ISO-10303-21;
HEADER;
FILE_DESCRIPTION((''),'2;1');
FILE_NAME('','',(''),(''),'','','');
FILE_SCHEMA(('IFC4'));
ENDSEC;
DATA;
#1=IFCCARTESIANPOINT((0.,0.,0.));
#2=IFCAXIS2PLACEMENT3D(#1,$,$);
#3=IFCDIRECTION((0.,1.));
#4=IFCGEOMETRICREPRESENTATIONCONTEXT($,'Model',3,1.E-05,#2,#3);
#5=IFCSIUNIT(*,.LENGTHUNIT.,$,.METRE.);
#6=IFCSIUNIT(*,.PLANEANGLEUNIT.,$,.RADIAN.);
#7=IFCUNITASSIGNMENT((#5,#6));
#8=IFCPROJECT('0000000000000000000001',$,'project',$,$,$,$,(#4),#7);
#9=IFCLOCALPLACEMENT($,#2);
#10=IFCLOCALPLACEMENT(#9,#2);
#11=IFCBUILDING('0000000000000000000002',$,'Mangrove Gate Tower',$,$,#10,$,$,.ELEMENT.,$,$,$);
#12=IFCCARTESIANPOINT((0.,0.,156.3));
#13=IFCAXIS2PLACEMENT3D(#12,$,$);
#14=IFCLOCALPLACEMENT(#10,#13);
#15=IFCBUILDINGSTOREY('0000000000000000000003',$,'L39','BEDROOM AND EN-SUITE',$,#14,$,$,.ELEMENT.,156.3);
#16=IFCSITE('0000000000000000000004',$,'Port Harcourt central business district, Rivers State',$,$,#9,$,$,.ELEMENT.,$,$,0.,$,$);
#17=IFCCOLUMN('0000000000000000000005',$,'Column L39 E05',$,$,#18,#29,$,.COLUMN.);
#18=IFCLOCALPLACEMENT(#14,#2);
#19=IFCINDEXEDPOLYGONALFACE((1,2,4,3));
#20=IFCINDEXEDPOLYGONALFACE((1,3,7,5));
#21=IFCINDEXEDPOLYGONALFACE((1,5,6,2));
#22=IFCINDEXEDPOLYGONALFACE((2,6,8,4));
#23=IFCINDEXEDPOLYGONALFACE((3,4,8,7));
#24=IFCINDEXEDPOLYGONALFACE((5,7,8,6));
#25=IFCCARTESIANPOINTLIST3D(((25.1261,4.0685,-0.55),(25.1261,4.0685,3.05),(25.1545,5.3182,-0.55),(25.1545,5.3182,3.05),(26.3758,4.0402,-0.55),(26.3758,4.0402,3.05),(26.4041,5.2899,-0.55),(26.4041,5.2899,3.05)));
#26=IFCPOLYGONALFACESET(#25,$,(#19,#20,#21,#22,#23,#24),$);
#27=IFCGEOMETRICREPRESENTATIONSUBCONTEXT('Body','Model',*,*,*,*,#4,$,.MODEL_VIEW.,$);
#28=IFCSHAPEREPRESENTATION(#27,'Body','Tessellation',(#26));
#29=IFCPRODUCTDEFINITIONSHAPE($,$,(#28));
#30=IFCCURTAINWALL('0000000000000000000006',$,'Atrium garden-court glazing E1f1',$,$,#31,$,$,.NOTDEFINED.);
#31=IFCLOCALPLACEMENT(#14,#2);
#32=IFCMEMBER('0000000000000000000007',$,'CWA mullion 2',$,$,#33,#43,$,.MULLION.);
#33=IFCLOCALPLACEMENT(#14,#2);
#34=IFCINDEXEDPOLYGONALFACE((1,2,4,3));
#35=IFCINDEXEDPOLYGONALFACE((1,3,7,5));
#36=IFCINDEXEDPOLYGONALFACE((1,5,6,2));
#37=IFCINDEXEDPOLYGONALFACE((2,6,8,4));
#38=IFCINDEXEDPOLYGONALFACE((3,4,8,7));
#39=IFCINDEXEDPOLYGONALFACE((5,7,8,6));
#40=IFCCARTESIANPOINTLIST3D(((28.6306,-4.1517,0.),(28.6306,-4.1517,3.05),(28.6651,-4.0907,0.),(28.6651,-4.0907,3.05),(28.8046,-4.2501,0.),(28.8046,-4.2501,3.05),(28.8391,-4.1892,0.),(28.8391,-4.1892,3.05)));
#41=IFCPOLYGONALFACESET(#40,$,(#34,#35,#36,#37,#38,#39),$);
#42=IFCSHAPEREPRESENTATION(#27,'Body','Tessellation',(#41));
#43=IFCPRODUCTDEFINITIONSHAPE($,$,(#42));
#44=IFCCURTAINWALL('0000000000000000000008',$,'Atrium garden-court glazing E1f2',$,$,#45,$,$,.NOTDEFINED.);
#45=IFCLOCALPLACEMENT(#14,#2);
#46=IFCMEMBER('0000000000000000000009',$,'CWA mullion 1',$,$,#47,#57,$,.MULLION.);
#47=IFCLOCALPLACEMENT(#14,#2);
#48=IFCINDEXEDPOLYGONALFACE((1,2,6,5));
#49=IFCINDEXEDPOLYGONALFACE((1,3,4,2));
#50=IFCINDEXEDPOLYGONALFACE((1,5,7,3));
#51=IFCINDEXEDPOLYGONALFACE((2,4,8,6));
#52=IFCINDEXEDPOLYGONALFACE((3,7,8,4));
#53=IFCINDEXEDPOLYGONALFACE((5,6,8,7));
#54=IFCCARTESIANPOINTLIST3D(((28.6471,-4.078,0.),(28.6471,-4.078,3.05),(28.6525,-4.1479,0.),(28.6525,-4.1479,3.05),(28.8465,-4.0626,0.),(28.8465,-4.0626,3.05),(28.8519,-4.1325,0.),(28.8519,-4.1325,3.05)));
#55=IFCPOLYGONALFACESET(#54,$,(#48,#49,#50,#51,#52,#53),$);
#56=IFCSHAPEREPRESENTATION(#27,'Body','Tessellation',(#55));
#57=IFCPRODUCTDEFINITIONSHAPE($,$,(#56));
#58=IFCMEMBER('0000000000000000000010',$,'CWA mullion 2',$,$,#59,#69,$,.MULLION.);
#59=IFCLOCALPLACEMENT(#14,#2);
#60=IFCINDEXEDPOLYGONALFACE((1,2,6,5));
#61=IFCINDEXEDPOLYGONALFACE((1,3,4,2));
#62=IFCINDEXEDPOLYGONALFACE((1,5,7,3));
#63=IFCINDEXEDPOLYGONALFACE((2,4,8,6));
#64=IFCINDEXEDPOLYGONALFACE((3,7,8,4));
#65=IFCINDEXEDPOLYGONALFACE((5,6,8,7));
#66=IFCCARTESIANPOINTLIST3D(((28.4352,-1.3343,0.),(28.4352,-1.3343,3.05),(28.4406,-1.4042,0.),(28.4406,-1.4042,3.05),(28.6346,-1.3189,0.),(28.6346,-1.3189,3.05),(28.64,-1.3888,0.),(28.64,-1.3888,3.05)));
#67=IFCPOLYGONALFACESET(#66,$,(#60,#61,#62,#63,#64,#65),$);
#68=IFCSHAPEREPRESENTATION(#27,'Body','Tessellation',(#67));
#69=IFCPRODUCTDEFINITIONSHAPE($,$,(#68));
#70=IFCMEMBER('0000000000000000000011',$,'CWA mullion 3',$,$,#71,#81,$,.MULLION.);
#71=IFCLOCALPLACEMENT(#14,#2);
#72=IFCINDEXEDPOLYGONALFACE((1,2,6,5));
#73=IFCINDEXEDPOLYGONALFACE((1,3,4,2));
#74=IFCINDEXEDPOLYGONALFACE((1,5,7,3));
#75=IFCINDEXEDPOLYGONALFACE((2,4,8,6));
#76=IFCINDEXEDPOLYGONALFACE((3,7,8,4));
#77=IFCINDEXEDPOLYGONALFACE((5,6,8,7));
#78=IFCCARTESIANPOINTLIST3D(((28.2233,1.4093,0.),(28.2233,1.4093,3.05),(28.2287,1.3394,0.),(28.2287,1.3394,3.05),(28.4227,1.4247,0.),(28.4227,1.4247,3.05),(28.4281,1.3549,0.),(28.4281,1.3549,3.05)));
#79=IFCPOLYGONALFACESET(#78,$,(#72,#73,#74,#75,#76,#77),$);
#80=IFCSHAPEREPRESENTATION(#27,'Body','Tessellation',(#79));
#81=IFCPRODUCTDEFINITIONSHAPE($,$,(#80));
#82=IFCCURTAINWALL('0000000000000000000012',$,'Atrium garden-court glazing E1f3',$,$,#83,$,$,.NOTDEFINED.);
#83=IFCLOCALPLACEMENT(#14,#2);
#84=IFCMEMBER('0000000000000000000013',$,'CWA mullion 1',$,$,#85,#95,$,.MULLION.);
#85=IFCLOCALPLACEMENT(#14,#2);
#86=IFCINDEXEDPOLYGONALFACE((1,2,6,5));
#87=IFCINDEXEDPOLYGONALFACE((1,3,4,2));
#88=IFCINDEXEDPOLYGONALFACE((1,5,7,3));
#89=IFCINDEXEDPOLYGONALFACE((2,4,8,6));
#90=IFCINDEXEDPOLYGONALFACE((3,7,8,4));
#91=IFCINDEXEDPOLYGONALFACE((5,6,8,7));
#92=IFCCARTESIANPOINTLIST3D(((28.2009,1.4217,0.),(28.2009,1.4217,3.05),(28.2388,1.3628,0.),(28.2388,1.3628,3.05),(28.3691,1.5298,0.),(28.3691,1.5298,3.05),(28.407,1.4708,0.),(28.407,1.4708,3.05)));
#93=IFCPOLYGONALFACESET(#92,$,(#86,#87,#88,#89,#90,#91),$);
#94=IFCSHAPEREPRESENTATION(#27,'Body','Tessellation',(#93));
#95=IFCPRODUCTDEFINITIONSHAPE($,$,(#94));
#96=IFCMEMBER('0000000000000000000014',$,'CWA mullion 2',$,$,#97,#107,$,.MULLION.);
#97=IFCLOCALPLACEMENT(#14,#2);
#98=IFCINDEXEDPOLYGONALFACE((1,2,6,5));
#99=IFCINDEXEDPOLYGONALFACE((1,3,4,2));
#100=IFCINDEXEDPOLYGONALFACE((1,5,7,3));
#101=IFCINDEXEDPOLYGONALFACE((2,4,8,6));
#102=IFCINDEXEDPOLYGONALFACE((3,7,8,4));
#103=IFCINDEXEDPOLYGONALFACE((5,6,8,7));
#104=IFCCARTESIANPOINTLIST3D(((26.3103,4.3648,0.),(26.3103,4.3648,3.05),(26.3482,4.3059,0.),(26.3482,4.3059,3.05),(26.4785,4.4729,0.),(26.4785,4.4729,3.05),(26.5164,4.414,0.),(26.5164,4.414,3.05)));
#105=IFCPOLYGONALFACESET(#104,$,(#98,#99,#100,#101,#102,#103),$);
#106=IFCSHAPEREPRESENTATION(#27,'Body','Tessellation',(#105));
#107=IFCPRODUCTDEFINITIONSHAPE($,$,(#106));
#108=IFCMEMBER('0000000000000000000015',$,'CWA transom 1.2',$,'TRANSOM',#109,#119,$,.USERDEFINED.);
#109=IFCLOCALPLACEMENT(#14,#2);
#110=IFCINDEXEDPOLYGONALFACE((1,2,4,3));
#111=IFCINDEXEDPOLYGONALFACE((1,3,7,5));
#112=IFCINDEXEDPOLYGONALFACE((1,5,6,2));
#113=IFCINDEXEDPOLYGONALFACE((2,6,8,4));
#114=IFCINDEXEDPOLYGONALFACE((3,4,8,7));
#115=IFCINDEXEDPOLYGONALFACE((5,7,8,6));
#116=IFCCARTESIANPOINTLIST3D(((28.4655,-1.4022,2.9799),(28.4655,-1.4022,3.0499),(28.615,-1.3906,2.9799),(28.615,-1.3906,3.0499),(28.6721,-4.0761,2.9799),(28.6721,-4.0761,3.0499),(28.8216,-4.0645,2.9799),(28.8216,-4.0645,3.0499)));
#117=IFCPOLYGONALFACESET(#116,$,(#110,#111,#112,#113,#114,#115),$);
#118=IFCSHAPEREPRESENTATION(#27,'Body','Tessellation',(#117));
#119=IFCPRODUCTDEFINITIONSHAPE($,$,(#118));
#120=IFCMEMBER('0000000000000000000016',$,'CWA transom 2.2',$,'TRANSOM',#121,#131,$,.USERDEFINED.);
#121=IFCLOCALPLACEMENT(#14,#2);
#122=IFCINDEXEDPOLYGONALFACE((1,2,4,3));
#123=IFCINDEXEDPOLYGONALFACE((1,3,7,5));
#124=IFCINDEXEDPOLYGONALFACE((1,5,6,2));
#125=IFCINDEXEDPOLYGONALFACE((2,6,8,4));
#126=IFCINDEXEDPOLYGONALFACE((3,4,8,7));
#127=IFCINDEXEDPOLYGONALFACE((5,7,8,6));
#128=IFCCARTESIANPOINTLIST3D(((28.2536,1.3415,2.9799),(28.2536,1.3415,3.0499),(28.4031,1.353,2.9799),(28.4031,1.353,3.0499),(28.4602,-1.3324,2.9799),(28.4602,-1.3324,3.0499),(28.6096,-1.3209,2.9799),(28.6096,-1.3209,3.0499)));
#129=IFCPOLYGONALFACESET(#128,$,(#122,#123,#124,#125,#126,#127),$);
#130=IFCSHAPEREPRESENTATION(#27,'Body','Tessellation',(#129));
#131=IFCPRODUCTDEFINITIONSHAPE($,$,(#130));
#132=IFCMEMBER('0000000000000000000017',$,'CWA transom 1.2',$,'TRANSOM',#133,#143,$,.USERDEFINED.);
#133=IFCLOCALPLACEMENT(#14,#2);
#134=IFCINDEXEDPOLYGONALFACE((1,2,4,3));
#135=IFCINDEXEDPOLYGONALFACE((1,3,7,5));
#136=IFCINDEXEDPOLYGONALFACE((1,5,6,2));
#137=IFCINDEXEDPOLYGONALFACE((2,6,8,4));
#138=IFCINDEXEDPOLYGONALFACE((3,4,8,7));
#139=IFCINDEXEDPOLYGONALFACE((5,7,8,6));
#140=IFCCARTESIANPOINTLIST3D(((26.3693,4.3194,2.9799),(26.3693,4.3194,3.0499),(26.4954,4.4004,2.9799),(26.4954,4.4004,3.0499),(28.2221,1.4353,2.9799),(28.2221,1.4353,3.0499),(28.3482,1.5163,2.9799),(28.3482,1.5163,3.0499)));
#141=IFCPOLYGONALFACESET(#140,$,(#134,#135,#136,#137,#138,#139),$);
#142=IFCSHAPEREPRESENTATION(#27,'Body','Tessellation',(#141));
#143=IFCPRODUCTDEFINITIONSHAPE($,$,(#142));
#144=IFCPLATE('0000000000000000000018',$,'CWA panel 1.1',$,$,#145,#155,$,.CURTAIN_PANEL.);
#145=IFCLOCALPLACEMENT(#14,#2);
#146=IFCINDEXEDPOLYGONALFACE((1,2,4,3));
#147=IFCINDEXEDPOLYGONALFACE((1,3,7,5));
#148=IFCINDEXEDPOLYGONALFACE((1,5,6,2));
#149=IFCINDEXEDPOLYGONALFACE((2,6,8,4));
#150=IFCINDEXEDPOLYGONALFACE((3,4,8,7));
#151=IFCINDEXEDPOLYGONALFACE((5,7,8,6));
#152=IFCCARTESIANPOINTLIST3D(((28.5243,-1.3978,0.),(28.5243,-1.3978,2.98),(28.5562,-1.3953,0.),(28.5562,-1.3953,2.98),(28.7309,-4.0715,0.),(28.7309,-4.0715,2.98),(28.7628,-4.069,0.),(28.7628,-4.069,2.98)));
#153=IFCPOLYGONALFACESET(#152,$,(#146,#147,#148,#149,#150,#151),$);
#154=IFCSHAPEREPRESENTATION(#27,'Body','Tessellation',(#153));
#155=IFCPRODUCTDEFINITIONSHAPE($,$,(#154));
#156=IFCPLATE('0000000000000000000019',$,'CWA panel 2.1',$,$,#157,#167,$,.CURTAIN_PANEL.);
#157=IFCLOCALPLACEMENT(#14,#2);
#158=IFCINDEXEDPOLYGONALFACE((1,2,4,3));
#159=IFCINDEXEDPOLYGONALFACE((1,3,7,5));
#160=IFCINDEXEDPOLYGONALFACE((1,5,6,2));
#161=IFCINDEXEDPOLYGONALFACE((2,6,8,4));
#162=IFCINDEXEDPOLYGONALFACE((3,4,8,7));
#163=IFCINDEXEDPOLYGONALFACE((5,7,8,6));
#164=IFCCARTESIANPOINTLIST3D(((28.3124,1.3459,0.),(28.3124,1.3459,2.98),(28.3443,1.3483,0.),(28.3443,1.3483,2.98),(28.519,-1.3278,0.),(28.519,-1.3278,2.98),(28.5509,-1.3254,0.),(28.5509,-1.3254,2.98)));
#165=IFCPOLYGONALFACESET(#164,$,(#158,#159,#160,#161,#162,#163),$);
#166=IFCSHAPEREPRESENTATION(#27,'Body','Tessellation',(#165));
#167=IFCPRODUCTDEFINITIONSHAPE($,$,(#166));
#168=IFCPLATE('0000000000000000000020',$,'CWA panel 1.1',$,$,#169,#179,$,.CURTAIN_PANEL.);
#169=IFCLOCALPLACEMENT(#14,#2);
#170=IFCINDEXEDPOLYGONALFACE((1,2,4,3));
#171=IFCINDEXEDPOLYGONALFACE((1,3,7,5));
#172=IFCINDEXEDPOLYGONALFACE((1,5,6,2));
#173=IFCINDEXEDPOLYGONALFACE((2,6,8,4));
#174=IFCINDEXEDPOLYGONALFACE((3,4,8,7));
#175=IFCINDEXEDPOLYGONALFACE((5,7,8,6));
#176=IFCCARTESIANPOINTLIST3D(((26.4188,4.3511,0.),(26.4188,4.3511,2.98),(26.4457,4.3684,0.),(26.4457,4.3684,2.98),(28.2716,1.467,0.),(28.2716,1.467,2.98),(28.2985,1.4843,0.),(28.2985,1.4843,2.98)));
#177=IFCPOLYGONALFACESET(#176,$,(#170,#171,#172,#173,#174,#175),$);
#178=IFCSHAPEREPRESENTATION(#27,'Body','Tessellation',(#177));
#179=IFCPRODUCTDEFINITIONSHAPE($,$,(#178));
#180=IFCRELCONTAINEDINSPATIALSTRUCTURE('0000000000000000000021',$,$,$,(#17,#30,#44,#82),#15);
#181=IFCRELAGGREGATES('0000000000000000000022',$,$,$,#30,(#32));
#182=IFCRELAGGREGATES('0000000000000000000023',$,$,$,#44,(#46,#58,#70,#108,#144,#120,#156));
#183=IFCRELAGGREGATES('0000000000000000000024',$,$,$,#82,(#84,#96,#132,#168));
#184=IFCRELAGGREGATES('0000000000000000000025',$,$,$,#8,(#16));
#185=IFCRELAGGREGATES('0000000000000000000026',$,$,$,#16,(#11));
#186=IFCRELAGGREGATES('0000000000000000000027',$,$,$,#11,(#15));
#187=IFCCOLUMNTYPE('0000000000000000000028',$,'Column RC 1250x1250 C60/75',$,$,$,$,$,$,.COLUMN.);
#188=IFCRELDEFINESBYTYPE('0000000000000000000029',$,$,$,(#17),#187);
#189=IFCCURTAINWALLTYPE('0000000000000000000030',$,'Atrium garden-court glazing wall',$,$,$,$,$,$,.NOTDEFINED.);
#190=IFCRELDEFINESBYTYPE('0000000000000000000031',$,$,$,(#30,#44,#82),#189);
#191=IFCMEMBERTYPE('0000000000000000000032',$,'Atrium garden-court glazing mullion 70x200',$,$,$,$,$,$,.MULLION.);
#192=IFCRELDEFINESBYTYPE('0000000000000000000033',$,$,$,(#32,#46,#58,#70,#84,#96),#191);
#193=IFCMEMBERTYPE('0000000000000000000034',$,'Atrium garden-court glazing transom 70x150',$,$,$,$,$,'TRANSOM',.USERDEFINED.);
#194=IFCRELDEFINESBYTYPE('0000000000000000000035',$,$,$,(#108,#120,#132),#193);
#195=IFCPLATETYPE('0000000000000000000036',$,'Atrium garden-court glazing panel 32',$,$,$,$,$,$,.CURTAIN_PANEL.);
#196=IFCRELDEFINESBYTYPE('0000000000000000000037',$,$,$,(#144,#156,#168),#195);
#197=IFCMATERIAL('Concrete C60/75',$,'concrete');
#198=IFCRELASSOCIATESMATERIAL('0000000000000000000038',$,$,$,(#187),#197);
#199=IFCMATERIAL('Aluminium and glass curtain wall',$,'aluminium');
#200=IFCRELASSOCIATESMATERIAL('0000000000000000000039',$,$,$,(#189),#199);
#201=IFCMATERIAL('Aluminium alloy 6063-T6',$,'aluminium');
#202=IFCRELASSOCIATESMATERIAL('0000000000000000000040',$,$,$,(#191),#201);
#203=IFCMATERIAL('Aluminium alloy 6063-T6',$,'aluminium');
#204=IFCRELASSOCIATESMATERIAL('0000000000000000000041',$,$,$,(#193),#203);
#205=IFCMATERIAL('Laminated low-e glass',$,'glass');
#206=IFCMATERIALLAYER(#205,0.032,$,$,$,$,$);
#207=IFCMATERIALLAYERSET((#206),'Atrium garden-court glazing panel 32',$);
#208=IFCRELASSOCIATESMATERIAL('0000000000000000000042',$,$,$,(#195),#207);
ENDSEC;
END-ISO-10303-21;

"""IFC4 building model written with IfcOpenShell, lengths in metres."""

from ifc_helpers import new_model, si_unit, direction, frame, origin, origin_2d, place, context, subcontext, project, spatial, rectangle, extrude, material, layer, layer_set, material_profile, profile_set, type_object, element, aggregate, save


model = new_model("IFC4")

# Units and contexts
model_context = context("Model", 3, precision=1e-05, world=origin(), true_north=direction((0.0, 1.0)))
body_context = subcontext(model_context, "Body", "Model", "MODEL_VIEW")
ifc_project = project(units=[si_unit("LENGTHUNIT", "METRE"), si_unit("PLANEANGLEUNIT", "RADIAN")], contexts=[model_context])

# Site, building, storey
site_placement = place(None, origin())
site = spatial("IfcSite", under=ifc_project, at=site_placement, Name="Port Harcourt central business district, Rivers State", CompositionType="ELEMENT", RefElevation=0.0)
building_placement = place(site_placement, origin())
building = spatial("IfcBuilding", under=site, at=building_placement, Name="Mangrove Gate Tower", CompositionType="ELEMENT")
storey_placement = place(building_placement, frame((0.0, 0.0, 156.3)))
storey = spatial("IfcBuildingStorey", under=building, at=storey_placement, Name="L39", Description="BEDROOM AND EN-SUITE", CompositionType="ELEMENT", Elevation=156.3)

# Column
ifc_material_1 = material(Name="Concrete C60/75", Category="concrete")
ifc_material_profile_1 = material_profile(ifc_material_1, rectangle(XDim=1.25, YDim=1.25, at=origin_2d()))
ifc_profile_set_1 = profile_set([ifc_material_profile_1], Name="Concrete C60/75")
column_type = type_object("IfcColumnType", Name="Column RC 1250x1250 C60/75", PredefinedType="COLUMN", material=ifc_profile_set_1)
column_placement = place(storey_placement, frame((25.7651, 4.6792, -0.55), z_axis=(0.0, 0.0, 1.0), x_axis=(0.022655, 0.999743, 0.0)))
element("IfcColumn", 1, at=column_placement, inside=storey, type_object=column_type, Name="Column L39 E05", PredefinedType="COLUMN", context=body_context, shape_type="SweptSolid", body=[
    extrude(rectangle(XDim=1.25, YDim=1.25, at=origin_2d()), origin(), (0.0, 0.0, 1.0), 3.6001),
])

# Curtain wall, member
ifc_material_2 = material(Name="Aluminium and glass curtain wall", Category="aluminium")
curtain_wall_type = type_object("IfcCurtainWallType", Name="Atrium garden-court glazing wall", PredefinedType="NOTDEFINED", material=ifc_material_2)
curtain_wall_1_placement = place(storey_placement, origin())
curtain_wall_1 = element("IfcCurtainWall", 2, at=curtain_wall_1_placement, inside=storey, type_object=curtain_wall_type, Name="Atrium garden-court glazing E1f1", PredefinedType="NOTDEFINED")
ifc_material_3 = material(Name="Aluminium alloy 6063-T6", Category="aluminium")
ifc_material_profile_2 = material_profile(ifc_material_3, rectangle(XDim=0.0701, YDim=0.2, at=origin_2d()))
ifc_profile_set_2 = profile_set([ifc_material_profile_2], Name="Aluminium alloy 6063-T6")
member_type_1 = type_object("IfcMemberType", Name="Atrium garden-court glazing mullion 70x200", PredefinedType="MULLION", material=ifc_profile_set_2)
member_1_placement = place(storey_placement, frame((28.7349, -4.1704, 0.0), z_axis=(0.0, 0.0, 1.0), x_axis=(0.492564, 0.870276, 0.0)))
member_1 = element("IfcMember", 3, at=member_1_placement, type_object=member_type_1, Name="CWA mullion 2", PredefinedType="MULLION", context=body_context, shape_type="SweptSolid", body=[
    extrude(rectangle(XDim=0.0701, YDim=0.2, at=origin_2d()), origin(), (0.0, 0.0, 1.0), 3.05),
])
aggregate(curtain_wall_1, [member_1])

# Curtain walls, members
curtain_wall_2_placement = place(storey_placement, origin())
curtain_wall_2 = element("IfcCurtainWall", 4, at=curtain_wall_2_placement, inside=storey, type_object=curtain_wall_type, Name="Atrium garden-court glazing E1f2", PredefinedType="NOTDEFINED")
member_2_placement = place(storey_placement, frame((28.7495, -4.1052, 0.0), z_axis=(0.0, 0.0, 1.0), x_axis=(-0.077023, 0.997029, 0.0)))
member_2 = element("IfcMember", 5, at=member_2_placement, type_object=member_type_1, Name="CWA mullion 1", PredefinedType="MULLION", context=body_context, shape_type="SweptSolid", body=[
    extrude(rectangle(XDim=0.0701, YDim=0.2, at=origin_2d()), origin(), (0.0, 0.0, 1.0), 3.05),
])
member_3_placement = place(storey_placement, frame((28.5376, -1.3616, 0.0), z_axis=(0.0, 0.0, 1.0), x_axis=(-0.077023, 0.997029, 0.0)))
member_3 = element("IfcMember", 6, at=member_3_placement, type_object=member_type_1, Name="CWA mullion 2", PredefinedType="MULLION", context=body_context, shape_type="SweptSolid", body=[
    extrude(rectangle(XDim=0.0701, YDim=0.2, at=origin_2d()), origin(), (0.0, 0.0, 1.0), 3.05),
])
member_4_placement = place(storey_placement, frame((28.3257, 1.3821, 0.0), z_axis=(0.0, 0.0, 1.0), x_axis=(-0.077023, 0.997029, 0.0)))
member_4 = element("IfcMember", 7, at=member_4_placement, type_object=member_type_1, Name="CWA mullion 3", PredefinedType="MULLION", context=body_context, shape_type="SweptSolid", body=[
    extrude(rectangle(XDim=0.0701, YDim=0.2, at=origin_2d()), origin(), (0.0, 0.0, 1.0), 3.05),
])
curtain_wall_3_placement = place(storey_placement, origin())
curtain_wall_3 = element("IfcCurtainWall", 8, at=curtain_wall_3_placement, inside=storey, type_object=curtain_wall_type, Name="Atrium garden-court glazing E1f3", PredefinedType="NOTDEFINED")
member_5_placement = place(storey_placement, frame((28.304, 1.4463, 0.0), z_axis=(0.0, 0.0, 1.0), x_axis=(-0.540496, 0.841346, 0.0)))
member_5 = element("IfcMember", 9, at=member_5_placement, type_object=member_type_1, Name="CWA mullion 1", PredefinedType="MULLION", context=body_context, shape_type="SweptSolid", body=[
    extrude(rectangle(XDim=0.0701, YDim=0.2, at=origin_2d()), origin(), (0.0, 0.0, 1.0), 3.05),
])
member_6_placement = place(storey_placement, frame((26.4133, 4.3894, 0.0), z_axis=(0.0, 0.0, 1.0), x_axis=(-0.540496, 0.841346, 0.0)))
member_6 = element("IfcMember", 10, at=member_6_placement, type_object=member_type_1, Name="CWA mullion 2", PredefinedType="MULLION", context=body_context, shape_type="SweptSolid", body=[
    extrude(rectangle(XDim=0.0701, YDim=0.2, at=origin_2d()), origin(), (0.0, 0.0, 1.0), 3.05),
])

# Members
ifc_material_4 = material(Name="Aluminium alloy 6063-T6", Category="aluminium")
ifc_material_profile_3 = material_profile(ifc_material_4, rectangle(XDim=0.0701, YDim=0.1499, at=origin_2d()))
ifc_profile_set_3 = profile_set([ifc_material_profile_3], Name="Aluminium alloy 6063-T6")
member_type_2 = type_object("IfcMemberType", Name="Atrium garden-court glazing transom 70x150", ElementType="TRANSOM", PredefinedType="USERDEFINED", material=ifc_profile_set_3)
member_7_placement = place(storey_placement, frame((28.7468, -4.0703, 3.0149), z_axis=(-0.077017, 0.99703, 0.0), x_axis=(0.0, 0.0, 1.0)))
member_7 = element("IfcMember", 11, at=member_7_placement, type_object=member_type_2, Name="CWA transom 1.2", ObjectType="TRANSOM", PredefinedType="USERDEFINED", context=body_context, shape_type="SweptSolid", body=[
    extrude(rectangle(XDim=0.0701, YDim=0.1499, at=origin_2d()), origin(), (0.0, 0.0, 1.0), 2.6819),
])
member_8_placement = place(storey_placement, frame((28.5349, -1.3267, 3.0149), z_axis=(-0.077017, 0.99703, 0.0), x_axis=(0.0, 0.0, 1.0)))
member_8 = element("IfcMember", 12, at=member_8_placement, type_object=member_type_2, Name="CWA transom 2.2", ObjectType="TRANSOM", PredefinedType="USERDEFINED", context=body_context, shape_type="SweptSolid", body=[
    extrude(rectangle(XDim=0.0701, YDim=0.1499, at=origin_2d()), origin(), (0.0, 0.0, 1.0), 2.6819),
])
member_9_placement = place(storey_placement, frame((28.2852, 1.4758, 3.0149), z_axis=(-0.540502, 0.841343, 0.0), x_axis=(0.0, 0.0, 1.0)))
member_9 = element("IfcMember", 13, at=member_9_placement, type_object=member_type_2, Name="CWA transom 1.2", ObjectType="TRANSOM", PredefinedType="USERDEFINED", context=body_context, shape_type="SweptSolid", body=[
    extrude(rectangle(XDim=0.0701, YDim=0.1499, at=origin_2d()), origin(), (0.0, 0.0, 1.0), 3.428),
])

# Plates
ifc_material_5 = material(Name="Laminated low-e glass", Category="glass")
ifc_layer_1 = layer(ifc_material_5, 0.032)
ifc_layer_set_1 = layer_set([ifc_layer_1], Name="Atrium garden-court glazing panel 32")
plate_type = type_object("IfcPlateType", Name="Atrium garden-court glazing panel 32", PredefinedType="CURTAIN_PANEL", material=ifc_layer_set_1)
plate_1_placement = place(storey_placement, frame((28.6436, -2.7334, 0.0), z_axis=(0.0, 0.0, 1.0), x_axis=(-0.077023, 0.997029, 0.0)))
plate_1 = element("IfcPlate", 14, at=plate_1_placement, type_object=plate_type, Name="CWA panel 1.1", PredefinedType="CURTAIN_PANEL", context=body_context, shape_type="SweptSolid", body=[
    extrude(rectangle(XDim=2.6816, YDim=0.032, at=origin_2d()), origin(), (0.0, 0.0, 1.0), 2.98),
])
plate_2_placement = place(storey_placement, frame((28.4316, 0.0103, 0.0), z_axis=(0.0, 0.0, 1.0), x_axis=(-0.077023, 0.997029, 0.0)))
plate_2 = element("IfcPlate", 15, at=plate_2_placement, type_object=plate_type, Name="CWA panel 2.1", PredefinedType="CURTAIN_PANEL", context=body_context, shape_type="SweptSolid", body=[
    extrude(rectangle(XDim=2.6816, YDim=0.032, at=origin_2d()), origin(), (0.0, 0.0, 1.0), 2.98),
])
aggregate(curtain_wall_2, [member_2, member_3, member_4, member_7, plate_1, member_8, plate_2])
plate_3_placement = place(storey_placement, frame((27.3586, 2.9177, 0.0), z_axis=(0.0, 0.0, 1.0), x_axis=(-0.540496, 0.841346, 0.0)))
plate_3 = element("IfcPlate", 16, at=plate_3_placement, type_object=plate_type, Name="CWA panel 1.1", PredefinedType="CURTAIN_PANEL", context=body_context, shape_type="SweptSolid", body=[
    extrude(rectangle(XDim=3.428, YDim=0.032, at=origin_2d()), origin(), (0.0, 0.0, 1.0), 2.98),
])
aggregate(curtain_wall_3, [member_5, member_6, member_9, plate_3])

save(model, "model.ifc")
